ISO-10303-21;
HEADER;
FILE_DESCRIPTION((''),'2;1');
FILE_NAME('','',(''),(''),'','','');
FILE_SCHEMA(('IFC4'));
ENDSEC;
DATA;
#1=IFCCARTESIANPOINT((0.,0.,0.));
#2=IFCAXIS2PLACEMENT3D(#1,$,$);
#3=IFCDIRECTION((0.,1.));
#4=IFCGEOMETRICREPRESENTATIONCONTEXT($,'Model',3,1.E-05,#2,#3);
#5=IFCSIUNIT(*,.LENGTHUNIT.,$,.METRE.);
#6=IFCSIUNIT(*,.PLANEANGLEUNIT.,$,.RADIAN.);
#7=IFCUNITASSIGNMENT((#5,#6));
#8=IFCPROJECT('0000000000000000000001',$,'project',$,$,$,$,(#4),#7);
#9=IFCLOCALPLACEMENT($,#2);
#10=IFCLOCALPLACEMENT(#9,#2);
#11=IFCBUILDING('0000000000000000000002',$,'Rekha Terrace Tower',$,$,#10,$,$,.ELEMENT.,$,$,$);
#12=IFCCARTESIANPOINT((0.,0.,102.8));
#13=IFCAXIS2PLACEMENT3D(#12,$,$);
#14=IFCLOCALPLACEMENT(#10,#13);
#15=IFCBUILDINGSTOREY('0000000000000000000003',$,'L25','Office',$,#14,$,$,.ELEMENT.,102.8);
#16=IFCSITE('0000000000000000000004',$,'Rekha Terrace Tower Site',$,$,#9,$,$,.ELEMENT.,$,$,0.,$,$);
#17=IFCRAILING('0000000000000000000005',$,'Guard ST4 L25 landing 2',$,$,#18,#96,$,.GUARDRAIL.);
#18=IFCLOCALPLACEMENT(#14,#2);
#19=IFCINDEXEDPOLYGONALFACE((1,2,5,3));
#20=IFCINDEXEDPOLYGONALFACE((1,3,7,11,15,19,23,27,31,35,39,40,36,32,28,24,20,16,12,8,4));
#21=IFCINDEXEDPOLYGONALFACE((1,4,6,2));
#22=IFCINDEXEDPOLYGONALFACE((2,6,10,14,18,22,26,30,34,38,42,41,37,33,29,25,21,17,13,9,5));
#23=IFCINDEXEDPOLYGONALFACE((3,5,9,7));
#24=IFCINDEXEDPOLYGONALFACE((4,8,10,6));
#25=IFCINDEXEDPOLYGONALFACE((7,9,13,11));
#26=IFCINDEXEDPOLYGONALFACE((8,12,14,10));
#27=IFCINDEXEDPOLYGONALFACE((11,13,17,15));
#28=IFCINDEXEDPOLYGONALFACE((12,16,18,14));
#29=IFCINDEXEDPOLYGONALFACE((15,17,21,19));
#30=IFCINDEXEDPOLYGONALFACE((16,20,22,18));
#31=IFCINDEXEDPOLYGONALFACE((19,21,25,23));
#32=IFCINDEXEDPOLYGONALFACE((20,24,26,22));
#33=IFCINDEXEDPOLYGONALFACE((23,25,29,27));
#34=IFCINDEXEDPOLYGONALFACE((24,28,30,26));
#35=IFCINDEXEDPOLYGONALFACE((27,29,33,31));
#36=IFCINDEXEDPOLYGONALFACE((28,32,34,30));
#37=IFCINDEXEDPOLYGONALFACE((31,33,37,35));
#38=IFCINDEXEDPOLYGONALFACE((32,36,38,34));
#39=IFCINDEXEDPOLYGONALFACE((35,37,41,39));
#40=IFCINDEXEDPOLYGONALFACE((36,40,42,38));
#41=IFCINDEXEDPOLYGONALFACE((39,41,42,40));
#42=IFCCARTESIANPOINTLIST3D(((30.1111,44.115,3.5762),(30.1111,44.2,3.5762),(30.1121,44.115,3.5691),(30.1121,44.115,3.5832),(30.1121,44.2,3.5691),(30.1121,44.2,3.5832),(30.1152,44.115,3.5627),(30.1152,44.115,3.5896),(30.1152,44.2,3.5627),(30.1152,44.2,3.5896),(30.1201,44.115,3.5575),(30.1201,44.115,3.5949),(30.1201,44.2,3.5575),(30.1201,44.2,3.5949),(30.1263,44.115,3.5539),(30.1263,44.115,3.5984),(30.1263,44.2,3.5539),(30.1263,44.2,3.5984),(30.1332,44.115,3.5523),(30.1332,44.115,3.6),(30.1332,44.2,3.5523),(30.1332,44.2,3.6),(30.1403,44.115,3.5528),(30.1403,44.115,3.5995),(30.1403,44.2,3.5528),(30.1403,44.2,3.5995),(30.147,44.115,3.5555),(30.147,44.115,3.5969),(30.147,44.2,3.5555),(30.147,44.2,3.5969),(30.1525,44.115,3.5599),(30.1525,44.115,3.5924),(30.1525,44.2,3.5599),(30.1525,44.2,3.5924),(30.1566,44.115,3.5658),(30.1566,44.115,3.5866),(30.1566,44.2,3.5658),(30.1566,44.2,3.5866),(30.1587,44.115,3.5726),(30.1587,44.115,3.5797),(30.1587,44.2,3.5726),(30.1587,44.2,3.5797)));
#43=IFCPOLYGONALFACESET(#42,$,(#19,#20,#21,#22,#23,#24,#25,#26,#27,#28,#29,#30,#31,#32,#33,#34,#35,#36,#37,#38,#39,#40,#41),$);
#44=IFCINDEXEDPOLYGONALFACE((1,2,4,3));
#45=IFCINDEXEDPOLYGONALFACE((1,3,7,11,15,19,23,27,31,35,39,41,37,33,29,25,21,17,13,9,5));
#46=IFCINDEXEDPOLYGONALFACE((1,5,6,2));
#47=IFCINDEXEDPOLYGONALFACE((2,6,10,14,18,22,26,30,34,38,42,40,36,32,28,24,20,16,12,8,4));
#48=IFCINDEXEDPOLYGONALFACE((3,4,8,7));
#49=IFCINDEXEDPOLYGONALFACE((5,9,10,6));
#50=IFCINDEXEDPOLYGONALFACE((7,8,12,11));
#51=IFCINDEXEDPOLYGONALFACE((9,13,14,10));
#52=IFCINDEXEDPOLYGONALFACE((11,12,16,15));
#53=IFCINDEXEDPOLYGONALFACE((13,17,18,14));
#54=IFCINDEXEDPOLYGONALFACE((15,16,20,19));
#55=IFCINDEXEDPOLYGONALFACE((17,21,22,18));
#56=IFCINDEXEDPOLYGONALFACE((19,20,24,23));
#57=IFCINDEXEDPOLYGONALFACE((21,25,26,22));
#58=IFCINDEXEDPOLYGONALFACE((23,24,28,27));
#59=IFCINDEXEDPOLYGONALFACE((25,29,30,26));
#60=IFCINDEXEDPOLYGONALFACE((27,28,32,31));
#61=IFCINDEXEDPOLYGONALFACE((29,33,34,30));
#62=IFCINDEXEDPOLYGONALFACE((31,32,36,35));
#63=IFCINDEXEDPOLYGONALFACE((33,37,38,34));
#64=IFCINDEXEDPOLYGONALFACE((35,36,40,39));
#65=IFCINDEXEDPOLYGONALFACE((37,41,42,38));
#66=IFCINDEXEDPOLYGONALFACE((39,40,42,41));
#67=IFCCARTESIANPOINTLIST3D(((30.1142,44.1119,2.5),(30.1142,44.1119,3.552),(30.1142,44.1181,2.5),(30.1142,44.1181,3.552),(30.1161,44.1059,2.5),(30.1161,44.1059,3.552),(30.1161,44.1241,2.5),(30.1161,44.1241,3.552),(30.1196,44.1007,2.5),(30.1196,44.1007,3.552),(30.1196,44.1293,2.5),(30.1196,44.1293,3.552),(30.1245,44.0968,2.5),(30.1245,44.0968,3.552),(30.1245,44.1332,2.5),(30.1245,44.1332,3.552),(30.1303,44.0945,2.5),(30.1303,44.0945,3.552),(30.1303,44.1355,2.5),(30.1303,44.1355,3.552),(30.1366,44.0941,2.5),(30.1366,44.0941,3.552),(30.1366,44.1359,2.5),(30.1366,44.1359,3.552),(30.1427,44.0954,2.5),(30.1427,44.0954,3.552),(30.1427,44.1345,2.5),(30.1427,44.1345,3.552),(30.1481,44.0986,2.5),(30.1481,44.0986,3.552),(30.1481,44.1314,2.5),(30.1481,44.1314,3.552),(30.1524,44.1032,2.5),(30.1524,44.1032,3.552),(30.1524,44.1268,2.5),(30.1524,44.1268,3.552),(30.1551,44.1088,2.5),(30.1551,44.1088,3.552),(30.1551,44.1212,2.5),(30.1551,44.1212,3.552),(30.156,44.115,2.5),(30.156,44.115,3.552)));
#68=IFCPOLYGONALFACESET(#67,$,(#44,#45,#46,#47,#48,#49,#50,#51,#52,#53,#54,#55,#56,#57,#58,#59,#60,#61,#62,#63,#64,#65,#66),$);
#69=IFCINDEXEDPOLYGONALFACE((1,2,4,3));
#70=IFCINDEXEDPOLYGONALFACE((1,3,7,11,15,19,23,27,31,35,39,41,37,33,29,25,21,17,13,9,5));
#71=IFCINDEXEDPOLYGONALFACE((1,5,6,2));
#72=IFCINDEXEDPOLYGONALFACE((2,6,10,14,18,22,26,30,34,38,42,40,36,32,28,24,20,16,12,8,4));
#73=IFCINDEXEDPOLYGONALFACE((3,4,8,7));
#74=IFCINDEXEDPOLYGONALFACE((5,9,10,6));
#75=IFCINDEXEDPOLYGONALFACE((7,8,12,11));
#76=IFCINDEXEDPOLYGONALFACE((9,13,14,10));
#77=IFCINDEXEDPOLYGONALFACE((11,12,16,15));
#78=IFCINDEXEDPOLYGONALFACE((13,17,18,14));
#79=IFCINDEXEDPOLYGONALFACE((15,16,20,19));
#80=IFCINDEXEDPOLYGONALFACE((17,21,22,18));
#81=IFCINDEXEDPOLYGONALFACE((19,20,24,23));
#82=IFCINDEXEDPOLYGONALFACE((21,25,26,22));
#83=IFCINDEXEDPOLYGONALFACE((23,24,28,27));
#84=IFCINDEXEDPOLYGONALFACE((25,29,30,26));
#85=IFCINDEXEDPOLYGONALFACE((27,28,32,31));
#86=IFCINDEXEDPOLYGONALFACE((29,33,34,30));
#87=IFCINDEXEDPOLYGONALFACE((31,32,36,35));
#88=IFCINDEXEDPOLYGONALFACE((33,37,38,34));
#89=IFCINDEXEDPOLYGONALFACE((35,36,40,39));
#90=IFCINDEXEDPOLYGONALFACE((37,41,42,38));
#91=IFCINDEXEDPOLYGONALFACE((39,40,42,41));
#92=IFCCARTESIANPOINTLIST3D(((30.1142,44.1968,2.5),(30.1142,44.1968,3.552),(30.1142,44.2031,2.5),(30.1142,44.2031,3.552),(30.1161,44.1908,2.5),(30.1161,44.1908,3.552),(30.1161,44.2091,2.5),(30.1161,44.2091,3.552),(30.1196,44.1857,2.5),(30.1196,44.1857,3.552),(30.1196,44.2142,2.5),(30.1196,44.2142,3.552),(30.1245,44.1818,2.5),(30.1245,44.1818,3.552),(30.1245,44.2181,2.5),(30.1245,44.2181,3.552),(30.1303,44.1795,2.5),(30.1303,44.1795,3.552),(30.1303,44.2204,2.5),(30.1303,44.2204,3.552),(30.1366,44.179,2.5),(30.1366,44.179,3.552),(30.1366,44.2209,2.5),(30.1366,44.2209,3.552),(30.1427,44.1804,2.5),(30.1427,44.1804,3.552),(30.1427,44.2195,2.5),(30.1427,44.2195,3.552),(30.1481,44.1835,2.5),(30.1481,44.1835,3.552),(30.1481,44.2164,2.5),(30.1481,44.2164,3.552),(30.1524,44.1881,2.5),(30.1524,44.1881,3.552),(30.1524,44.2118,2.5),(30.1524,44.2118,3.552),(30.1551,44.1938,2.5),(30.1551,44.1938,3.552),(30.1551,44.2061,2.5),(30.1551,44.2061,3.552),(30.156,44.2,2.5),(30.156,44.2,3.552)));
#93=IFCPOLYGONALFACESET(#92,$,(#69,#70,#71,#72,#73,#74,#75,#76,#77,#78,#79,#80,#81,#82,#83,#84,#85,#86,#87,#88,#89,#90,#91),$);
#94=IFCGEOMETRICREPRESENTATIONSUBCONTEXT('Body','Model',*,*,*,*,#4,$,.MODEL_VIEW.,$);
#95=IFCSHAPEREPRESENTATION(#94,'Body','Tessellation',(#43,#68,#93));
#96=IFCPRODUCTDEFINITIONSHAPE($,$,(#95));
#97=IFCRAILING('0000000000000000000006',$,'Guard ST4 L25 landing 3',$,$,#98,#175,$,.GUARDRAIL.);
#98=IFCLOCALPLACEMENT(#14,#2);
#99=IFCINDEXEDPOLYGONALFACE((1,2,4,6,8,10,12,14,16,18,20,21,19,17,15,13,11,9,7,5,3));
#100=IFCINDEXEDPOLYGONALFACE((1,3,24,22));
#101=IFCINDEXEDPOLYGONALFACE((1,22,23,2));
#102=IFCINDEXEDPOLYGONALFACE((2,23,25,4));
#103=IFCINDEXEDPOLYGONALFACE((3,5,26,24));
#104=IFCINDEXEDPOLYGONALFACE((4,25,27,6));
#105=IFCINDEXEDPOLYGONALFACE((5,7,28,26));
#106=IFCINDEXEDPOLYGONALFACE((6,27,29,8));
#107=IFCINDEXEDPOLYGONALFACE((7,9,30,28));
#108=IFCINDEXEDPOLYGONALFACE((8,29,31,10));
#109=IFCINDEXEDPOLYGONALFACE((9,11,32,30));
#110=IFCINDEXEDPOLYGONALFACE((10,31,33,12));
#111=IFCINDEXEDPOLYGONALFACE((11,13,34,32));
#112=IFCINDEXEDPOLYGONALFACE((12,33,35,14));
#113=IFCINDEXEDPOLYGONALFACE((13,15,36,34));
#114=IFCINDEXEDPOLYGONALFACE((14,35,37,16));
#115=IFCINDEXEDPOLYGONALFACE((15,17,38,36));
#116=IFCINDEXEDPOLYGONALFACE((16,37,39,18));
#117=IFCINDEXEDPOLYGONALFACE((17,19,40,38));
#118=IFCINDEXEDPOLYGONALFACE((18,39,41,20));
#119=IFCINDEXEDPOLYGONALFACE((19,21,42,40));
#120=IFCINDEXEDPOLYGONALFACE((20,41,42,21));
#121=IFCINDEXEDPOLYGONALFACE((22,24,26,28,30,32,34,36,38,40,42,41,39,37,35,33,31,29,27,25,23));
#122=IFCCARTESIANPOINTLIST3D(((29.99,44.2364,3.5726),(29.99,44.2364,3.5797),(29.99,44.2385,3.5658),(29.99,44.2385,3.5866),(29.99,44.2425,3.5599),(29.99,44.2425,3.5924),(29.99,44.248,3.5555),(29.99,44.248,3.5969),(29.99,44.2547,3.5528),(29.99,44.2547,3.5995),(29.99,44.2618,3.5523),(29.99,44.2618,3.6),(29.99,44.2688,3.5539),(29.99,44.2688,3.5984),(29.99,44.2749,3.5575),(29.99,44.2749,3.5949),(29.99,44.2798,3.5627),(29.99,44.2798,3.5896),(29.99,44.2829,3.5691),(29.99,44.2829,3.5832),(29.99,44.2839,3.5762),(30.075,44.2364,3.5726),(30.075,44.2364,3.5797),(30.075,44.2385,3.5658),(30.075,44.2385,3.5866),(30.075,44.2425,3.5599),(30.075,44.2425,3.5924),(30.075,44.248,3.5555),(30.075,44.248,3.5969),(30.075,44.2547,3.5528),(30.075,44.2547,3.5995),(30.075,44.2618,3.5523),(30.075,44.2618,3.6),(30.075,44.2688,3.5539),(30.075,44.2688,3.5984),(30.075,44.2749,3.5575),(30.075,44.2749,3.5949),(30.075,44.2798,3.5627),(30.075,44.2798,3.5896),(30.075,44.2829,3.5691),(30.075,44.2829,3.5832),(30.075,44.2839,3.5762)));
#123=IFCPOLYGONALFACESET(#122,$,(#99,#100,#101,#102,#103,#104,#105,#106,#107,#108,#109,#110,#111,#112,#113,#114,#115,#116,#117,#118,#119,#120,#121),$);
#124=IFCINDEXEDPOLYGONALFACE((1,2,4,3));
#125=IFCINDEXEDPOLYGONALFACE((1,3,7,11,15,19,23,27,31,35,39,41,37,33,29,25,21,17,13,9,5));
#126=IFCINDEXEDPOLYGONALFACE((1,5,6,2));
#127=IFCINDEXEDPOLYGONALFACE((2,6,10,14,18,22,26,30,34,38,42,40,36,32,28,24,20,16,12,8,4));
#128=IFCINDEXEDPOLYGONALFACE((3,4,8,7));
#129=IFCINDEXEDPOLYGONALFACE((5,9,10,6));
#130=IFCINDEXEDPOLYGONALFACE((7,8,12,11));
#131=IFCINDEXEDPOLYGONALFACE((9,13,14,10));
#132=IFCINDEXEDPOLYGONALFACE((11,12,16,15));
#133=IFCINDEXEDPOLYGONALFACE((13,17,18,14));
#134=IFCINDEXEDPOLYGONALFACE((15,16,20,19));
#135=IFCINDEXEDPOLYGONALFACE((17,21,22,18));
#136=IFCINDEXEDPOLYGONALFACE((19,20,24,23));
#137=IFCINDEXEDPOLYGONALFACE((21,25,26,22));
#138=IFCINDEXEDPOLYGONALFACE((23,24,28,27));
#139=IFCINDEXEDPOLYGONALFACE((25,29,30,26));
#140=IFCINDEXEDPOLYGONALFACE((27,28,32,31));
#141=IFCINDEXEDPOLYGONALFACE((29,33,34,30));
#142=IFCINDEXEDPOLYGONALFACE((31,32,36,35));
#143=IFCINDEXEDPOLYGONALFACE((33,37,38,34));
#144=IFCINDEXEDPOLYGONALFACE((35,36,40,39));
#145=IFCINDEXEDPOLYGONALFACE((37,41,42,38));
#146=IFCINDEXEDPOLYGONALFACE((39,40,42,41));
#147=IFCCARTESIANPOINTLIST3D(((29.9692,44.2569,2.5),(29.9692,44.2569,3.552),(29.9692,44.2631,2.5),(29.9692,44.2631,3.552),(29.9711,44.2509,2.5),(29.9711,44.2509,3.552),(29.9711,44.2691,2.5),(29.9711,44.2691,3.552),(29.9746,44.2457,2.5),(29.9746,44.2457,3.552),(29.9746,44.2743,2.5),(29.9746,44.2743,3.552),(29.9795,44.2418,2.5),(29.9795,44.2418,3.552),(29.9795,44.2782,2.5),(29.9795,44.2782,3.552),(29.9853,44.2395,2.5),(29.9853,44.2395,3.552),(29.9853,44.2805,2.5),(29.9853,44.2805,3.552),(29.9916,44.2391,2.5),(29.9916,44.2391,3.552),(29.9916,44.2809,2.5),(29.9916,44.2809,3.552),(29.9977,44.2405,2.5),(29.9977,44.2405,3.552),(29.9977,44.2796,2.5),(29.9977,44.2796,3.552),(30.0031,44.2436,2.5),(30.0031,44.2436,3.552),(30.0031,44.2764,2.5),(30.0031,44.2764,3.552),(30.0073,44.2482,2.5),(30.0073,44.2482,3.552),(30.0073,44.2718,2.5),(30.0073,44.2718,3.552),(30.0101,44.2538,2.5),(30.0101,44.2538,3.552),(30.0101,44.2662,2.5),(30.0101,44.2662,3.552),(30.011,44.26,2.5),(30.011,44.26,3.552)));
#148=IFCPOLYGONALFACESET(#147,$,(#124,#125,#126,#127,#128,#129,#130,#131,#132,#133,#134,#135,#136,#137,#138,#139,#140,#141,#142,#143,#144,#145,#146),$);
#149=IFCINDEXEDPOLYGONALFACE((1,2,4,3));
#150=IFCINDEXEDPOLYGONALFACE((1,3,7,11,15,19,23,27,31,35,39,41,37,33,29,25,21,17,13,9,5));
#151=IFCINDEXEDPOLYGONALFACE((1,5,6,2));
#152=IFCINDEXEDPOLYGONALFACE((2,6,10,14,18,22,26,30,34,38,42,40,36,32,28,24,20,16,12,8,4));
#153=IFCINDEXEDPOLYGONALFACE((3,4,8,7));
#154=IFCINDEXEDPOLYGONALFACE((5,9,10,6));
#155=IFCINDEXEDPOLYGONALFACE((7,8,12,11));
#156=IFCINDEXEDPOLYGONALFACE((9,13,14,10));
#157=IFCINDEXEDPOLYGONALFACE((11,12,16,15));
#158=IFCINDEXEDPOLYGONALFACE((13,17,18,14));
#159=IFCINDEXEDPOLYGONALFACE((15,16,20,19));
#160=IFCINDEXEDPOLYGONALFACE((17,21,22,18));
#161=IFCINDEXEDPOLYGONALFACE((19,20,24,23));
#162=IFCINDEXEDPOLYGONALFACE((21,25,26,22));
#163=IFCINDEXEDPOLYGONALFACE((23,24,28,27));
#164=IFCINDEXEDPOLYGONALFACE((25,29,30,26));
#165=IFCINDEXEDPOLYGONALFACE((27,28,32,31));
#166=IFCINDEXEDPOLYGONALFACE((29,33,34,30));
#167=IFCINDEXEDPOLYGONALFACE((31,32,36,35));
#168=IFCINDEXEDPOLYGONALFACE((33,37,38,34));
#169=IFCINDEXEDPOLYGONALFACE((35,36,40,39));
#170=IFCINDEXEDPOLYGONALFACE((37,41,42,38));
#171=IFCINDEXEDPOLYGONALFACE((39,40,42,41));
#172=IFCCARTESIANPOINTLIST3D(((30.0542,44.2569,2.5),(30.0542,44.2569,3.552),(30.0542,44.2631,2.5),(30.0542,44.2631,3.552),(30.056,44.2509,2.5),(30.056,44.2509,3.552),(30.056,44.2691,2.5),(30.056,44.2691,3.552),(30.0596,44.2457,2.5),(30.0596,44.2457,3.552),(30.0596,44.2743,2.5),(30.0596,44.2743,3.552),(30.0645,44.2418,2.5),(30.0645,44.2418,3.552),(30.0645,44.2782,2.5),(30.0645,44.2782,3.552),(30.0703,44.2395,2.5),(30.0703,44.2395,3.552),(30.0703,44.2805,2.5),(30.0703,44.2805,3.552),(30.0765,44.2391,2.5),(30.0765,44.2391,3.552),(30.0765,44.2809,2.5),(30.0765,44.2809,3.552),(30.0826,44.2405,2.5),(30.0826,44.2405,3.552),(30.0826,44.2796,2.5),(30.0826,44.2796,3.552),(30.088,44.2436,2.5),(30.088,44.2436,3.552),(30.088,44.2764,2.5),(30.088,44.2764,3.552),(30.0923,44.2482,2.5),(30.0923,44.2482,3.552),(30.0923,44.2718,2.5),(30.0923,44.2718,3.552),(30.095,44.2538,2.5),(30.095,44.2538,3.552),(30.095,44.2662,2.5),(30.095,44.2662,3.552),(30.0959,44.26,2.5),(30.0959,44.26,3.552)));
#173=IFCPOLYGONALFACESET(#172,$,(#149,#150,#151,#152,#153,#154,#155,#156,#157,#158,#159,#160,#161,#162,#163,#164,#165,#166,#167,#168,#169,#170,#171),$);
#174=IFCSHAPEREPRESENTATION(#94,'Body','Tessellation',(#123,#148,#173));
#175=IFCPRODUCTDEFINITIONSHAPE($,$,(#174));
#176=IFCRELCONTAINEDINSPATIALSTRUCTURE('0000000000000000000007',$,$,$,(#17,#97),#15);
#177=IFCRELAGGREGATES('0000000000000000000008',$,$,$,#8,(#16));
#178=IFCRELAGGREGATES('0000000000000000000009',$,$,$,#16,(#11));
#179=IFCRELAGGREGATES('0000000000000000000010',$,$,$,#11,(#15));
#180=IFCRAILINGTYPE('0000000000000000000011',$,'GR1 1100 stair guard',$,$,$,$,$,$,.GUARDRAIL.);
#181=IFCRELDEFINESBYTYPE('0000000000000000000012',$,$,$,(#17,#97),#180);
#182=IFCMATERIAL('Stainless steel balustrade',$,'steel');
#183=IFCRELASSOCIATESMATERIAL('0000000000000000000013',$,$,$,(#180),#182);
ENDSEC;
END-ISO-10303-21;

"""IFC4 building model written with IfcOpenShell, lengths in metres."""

from ifc_helpers import new_model, si_unit, direction, frame, origin, origin_2d, place, context, subcontext, project, spatial, circle, extrude, material, type_object, element, save


model = new_model("IFC4")

# Units and contexts
model_context = context("Model", 3, precision=1e-05, world=origin(), true_north=direction((0.0, 1.0)))
body_context = subcontext(model_context, "Body", "Model", "MODEL_VIEW")
ifc_project = project(units=[si_unit("LENGTHUNIT", "METRE"), si_unit("PLANEANGLEUNIT", "RADIAN")], contexts=[model_context])

# Site, building, storey
site_placement = place(None, origin())
site = spatial("IfcSite", under=ifc_project, at=site_placement, Name="Rekha Terrace Tower Site", CompositionType="ELEMENT", RefElevation=0.0)
building_placement = place(site_placement, origin())
building = spatial("IfcBuilding", under=site, at=building_placement, Name="Rekha Terrace Tower", CompositionType="ELEMENT")
storey_placement = place(building_placement, frame((0.0, 0.0, 102.8)))
storey = spatial("IfcBuildingStorey", under=building, at=storey_placement, Name="L25", Description="Office", CompositionType="ELEMENT", Elevation=102.8)

# Railings
ifc_material_1 = material(Name="Stainless steel balustrade", Category="steel")
railing_type_1 = type_object("IfcRailingType", Name="GR1 1100 stair guard", PredefinedType="GUARDRAIL", material=ifc_material_1)
railing_1_placement = place(storey_placement, frame((30.135, 44.115, 2.5)))
element("IfcRailing", 1, at=railing_1_placement, inside=storey, type_object=railing_type_1, Name="Guard ST4 L25 landing 2", PredefinedType="GUARDRAIL", context=body_context, shape_type="SweptSolid", body=[
    extrude(circle(Radius=0.0239, at=origin_2d()), frame((0.0, 0.0, 1.0762), z_axis=(0.0, 1.0, 0.0), x_axis=(-1.0, 0.0, 0.0)), (0.0, 0.0, 1.0), 0.085),
    extrude(circle(Radius=0.021, at=origin_2d()), origin(), (0.0, 0.0, 1.0), 1.052),
    extrude(circle(Radius=0.021, at=origin_2d()), frame((0.0, 0.085, 0.0)), (0.0, 0.0, 1.0), 1.052),
])
railing_2_placement = place(storey_placement, frame((29.99, 44.26, 2.5)))
element("IfcRailing", 2, at=railing_2_placement, inside=storey, type_object=railing_type_1, Name="Guard ST4 L25 landing 3", PredefinedType="GUARDRAIL", context=body_context, shape_type="SweptSolid", body=[
    extrude(circle(Radius=0.0239, at=origin_2d()), frame((0.0, 0.0, 1.0762), z_axis=(1.0, 0.0, 0.0), x_axis=(0.0, 1.0, 0.0)), (0.0, 0.0, 1.0), 0.085),
    extrude(circle(Radius=0.021, at=origin_2d()), origin(), (0.0, 0.0, 1.0), 1.052),
    extrude(circle(Radius=0.021, at=origin_2d()), frame((0.085, 0.0, 0.0)), (0.0, 0.0, 1.0), 1.052),
])

save(model, "model.ifc")
